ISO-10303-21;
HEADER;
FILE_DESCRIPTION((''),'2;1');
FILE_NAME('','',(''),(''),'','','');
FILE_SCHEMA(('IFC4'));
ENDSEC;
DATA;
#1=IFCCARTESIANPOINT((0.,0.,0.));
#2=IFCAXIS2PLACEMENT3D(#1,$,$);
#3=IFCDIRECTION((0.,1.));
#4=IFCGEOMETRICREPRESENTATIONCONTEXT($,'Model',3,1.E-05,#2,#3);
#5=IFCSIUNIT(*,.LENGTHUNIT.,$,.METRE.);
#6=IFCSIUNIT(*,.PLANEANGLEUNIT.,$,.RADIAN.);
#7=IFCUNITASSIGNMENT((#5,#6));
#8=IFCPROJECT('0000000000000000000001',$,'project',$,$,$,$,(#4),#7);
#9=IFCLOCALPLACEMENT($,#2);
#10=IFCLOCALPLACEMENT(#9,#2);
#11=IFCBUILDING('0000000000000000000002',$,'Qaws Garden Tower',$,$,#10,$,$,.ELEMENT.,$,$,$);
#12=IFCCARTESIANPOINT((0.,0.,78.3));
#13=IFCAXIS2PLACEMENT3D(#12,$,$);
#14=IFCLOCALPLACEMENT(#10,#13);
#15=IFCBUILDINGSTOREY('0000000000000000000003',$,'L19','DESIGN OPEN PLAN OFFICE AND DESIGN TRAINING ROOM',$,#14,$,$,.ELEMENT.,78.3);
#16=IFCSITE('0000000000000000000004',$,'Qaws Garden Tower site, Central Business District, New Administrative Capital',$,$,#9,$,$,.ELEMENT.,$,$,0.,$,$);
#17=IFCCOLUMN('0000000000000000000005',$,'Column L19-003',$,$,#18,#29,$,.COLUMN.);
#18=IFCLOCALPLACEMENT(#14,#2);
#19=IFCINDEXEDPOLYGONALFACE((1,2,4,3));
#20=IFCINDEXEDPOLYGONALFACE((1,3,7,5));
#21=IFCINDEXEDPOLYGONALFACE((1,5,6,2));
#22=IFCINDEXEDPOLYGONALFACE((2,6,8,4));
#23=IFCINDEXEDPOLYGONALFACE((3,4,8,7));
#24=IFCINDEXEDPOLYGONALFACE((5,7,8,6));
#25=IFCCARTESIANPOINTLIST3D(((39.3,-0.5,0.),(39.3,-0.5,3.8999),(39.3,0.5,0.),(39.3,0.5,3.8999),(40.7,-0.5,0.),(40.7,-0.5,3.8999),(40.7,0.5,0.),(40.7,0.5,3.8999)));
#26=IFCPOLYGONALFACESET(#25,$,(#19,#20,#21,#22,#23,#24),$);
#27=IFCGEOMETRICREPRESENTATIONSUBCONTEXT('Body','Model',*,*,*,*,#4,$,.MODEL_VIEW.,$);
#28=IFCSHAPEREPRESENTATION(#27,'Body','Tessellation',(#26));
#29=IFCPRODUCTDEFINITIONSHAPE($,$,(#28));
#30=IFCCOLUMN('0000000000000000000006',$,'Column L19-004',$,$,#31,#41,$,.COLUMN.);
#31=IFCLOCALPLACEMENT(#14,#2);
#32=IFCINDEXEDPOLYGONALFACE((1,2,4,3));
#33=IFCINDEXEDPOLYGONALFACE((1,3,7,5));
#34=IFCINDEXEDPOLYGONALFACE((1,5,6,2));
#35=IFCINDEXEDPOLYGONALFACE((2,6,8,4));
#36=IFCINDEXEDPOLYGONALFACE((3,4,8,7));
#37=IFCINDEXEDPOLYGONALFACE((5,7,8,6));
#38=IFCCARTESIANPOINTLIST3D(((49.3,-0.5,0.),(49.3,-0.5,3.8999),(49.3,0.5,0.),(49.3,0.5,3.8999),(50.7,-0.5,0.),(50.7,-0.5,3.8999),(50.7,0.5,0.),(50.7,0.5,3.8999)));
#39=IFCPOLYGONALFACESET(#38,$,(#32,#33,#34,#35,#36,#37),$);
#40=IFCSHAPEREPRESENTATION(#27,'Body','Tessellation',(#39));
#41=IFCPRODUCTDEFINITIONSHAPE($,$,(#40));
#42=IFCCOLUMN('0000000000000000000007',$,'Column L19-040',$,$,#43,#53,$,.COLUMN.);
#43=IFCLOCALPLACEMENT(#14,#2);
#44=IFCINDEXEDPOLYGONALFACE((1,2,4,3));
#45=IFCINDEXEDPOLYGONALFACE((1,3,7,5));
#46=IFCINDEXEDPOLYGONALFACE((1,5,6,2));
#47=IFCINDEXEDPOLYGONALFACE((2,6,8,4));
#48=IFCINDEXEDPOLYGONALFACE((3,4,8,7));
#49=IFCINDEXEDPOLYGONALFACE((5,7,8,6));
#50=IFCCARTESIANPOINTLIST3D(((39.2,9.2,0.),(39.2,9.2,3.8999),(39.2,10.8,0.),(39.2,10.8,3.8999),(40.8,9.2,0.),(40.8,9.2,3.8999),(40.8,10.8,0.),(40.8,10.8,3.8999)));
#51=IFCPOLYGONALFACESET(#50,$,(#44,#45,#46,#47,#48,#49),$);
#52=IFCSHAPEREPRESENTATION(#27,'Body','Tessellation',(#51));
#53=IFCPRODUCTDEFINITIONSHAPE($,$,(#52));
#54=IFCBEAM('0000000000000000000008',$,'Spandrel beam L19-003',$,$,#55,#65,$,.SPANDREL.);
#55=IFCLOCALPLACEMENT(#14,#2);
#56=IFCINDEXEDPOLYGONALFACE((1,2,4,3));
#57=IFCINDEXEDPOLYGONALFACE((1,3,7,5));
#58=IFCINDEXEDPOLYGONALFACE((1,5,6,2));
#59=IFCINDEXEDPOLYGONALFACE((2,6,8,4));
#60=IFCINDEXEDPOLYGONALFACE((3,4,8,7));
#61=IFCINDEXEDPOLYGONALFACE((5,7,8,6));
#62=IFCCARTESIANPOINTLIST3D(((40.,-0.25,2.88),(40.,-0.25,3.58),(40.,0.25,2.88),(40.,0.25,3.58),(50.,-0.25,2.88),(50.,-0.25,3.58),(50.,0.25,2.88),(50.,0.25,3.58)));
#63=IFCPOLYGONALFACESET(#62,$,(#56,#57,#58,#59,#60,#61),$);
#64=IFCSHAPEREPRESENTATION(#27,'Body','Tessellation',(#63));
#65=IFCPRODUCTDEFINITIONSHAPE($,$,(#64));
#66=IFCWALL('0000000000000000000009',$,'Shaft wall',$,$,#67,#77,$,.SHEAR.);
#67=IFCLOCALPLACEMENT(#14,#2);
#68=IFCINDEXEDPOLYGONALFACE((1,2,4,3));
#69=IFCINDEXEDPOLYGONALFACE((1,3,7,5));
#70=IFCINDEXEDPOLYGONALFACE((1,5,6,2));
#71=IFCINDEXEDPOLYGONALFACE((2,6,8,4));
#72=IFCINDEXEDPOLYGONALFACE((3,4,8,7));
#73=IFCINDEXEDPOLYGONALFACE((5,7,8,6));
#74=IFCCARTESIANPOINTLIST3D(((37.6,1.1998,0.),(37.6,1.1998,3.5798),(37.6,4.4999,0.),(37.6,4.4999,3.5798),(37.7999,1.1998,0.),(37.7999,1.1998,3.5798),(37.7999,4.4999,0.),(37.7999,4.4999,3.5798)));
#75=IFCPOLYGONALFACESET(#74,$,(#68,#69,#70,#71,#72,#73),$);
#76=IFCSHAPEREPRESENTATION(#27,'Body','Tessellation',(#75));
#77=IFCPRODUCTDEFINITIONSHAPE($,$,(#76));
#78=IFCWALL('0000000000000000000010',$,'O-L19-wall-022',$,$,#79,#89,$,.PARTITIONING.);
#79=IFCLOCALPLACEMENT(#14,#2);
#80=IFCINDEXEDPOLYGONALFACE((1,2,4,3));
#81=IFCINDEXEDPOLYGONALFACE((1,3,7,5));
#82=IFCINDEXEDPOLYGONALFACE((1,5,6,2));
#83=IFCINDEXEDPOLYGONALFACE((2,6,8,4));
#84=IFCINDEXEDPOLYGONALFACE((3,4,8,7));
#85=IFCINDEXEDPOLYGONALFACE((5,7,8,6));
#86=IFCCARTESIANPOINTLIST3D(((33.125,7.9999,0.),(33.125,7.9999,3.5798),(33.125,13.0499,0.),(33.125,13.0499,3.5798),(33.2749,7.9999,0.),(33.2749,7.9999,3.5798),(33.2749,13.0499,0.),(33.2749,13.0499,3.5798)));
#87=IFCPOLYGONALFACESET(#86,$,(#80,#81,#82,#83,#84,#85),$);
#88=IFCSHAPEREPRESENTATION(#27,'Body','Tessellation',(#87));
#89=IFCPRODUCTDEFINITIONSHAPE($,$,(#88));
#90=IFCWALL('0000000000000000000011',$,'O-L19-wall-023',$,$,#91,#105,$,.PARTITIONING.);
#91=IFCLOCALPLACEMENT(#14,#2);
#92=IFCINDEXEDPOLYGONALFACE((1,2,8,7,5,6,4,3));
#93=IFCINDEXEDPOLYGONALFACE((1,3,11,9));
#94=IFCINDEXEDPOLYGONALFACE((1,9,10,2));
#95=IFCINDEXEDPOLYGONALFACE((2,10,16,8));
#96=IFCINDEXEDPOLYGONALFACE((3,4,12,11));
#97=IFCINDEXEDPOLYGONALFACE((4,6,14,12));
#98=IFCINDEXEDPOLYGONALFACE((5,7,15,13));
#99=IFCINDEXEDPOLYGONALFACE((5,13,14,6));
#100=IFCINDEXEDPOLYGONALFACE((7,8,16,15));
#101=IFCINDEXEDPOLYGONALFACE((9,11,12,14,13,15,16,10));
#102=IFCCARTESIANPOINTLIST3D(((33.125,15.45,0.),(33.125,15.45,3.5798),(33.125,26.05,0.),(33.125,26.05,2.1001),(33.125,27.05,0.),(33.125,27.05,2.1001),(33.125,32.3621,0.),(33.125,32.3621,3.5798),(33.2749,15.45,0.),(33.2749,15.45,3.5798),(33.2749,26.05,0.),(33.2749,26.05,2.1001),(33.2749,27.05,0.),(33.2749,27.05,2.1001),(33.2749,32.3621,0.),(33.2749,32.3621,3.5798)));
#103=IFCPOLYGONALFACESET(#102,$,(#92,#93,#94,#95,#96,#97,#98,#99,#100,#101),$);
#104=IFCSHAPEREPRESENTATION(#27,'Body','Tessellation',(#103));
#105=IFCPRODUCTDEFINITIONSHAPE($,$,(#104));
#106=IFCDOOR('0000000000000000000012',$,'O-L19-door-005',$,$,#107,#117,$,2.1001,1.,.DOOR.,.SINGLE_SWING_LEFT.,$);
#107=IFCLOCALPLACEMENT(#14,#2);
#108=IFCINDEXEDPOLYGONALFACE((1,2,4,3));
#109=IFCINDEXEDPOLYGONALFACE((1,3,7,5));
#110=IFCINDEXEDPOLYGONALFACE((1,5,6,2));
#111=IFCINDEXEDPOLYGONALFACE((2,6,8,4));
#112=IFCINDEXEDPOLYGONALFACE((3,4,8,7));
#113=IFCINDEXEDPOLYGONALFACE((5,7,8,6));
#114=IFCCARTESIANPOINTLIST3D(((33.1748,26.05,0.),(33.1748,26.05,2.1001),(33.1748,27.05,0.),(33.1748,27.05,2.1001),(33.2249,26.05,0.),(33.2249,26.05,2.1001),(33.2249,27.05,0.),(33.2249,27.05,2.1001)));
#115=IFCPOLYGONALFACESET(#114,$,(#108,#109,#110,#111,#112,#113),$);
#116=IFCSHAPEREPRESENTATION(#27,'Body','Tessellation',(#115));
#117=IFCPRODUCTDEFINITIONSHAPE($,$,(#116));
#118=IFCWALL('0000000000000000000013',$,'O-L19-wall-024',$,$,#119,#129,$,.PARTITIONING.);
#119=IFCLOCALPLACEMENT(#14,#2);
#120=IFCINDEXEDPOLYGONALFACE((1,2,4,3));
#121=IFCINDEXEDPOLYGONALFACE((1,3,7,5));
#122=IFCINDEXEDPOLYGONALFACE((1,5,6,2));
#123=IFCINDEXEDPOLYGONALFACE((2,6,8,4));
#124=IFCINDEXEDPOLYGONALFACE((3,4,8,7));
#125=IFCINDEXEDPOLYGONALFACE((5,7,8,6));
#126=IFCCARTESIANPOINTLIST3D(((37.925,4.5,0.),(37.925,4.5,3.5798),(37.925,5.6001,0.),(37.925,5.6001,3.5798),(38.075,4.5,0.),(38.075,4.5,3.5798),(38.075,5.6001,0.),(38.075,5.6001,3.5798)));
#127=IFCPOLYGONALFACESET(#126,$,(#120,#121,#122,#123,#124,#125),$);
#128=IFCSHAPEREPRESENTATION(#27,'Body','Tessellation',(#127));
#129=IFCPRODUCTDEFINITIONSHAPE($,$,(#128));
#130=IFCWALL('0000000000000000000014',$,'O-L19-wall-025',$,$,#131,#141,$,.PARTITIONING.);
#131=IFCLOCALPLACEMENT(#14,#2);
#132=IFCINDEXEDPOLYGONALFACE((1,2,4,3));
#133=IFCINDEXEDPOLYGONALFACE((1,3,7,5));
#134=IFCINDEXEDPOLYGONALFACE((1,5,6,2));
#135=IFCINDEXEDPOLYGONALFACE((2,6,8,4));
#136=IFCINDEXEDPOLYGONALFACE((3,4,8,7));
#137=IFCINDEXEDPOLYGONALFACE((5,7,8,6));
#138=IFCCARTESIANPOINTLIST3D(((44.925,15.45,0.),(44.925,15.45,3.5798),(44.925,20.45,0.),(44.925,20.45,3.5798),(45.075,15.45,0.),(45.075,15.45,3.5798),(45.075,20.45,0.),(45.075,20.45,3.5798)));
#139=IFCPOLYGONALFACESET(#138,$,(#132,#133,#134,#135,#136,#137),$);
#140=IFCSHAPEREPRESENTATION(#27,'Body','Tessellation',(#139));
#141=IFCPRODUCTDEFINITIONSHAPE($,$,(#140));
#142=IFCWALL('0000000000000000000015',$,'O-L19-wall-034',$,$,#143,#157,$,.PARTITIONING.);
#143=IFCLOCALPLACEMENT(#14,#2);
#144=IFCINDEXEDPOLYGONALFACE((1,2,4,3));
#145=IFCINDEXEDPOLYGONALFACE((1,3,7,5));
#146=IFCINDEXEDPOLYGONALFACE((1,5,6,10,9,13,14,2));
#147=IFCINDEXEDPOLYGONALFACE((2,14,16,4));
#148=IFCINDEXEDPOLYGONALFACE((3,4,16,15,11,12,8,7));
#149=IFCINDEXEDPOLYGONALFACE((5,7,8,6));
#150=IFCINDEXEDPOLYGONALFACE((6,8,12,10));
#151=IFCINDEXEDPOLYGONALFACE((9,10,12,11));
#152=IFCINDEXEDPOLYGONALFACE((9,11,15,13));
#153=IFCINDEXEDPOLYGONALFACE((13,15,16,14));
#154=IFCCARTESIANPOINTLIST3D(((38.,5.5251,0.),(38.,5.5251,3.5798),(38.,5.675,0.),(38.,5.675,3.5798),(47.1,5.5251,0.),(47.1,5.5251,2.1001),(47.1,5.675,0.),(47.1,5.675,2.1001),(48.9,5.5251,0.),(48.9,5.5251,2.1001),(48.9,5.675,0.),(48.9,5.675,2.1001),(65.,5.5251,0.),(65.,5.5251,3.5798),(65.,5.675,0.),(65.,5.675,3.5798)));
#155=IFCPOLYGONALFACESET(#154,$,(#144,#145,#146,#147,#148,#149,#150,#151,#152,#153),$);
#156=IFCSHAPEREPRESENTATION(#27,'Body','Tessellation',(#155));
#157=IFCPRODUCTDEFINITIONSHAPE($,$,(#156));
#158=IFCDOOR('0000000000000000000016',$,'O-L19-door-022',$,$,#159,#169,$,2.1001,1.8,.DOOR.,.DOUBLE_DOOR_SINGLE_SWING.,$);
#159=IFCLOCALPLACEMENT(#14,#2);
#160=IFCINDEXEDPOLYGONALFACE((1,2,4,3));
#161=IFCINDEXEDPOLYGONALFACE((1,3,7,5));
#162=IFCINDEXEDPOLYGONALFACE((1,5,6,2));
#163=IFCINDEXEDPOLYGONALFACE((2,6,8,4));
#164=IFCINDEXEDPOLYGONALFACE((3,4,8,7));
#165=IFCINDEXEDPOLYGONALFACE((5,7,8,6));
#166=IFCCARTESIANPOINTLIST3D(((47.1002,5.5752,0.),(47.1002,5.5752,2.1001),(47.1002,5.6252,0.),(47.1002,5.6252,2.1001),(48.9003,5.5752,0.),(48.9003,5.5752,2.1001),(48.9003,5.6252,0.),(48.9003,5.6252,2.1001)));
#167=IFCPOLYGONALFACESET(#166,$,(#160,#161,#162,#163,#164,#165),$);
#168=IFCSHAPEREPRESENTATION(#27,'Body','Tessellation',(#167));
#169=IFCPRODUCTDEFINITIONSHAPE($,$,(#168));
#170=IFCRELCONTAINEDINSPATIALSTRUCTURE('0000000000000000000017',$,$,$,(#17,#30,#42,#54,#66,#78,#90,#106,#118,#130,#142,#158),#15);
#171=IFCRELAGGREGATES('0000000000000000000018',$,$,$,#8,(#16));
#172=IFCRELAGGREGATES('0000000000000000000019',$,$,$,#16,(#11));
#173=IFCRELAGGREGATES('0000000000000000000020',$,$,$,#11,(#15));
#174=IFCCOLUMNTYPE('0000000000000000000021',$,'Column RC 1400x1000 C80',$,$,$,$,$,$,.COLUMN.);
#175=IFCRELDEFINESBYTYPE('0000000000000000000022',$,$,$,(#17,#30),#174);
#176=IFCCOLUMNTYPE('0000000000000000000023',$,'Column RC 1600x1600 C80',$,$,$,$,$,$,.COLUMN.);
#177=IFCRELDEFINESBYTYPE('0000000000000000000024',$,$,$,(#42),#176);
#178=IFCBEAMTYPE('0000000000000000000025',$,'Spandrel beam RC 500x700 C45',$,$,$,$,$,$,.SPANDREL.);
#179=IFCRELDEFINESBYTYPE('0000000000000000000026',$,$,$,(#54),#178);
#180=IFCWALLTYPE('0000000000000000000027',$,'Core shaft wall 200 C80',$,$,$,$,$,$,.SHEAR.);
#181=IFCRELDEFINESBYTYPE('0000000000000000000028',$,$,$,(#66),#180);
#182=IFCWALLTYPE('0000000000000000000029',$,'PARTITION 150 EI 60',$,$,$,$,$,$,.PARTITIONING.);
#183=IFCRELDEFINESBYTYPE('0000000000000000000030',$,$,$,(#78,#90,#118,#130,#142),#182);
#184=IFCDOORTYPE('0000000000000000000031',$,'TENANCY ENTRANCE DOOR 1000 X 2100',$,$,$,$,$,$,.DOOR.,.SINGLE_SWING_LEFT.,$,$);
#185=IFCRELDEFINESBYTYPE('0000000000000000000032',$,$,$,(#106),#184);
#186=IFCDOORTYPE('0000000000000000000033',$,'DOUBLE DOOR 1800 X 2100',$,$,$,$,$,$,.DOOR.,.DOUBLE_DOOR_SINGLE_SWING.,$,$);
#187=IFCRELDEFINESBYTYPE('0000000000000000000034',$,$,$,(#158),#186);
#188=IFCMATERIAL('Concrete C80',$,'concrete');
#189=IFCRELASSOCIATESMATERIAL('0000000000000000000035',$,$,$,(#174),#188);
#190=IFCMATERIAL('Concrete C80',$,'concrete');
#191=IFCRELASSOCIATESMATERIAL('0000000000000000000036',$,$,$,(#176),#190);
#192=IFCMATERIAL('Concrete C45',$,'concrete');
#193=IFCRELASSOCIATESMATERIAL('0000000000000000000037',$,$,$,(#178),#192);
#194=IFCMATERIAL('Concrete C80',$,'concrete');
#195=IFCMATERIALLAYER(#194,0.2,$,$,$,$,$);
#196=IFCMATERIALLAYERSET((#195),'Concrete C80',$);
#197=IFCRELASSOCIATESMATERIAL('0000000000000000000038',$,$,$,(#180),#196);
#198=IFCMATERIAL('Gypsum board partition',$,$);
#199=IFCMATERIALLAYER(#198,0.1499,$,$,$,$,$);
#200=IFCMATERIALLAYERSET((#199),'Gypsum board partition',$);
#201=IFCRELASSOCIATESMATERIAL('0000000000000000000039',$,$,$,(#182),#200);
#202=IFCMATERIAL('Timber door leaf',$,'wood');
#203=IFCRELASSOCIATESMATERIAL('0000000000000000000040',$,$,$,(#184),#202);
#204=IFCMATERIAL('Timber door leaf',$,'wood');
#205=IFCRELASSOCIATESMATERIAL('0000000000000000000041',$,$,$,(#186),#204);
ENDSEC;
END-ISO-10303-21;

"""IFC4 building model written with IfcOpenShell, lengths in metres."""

from ifc_helpers import new_model, si_unit, direction, frame, frame_2d, origin, origin_2d, place, context, subcontext, project, spatial, rectangle, extrude, material, layer, layer_set, material_profile, profile_set, type_object, element, fill, save


model = new_model("IFC4")

# Units and contexts
model_context = context("Model", 3, precision=1e-05, world=origin(), true_north=direction((0.0, 1.0)))
body_context = subcontext(model_context, "Body", "Model", "MODEL_VIEW")
ifc_project = project(units=[si_unit("LENGTHUNIT", "METRE"), si_unit("PLANEANGLEUNIT", "RADIAN")], contexts=[model_context])

# Site, building, storey
site_placement = place(None, origin())
site = spatial("IfcSite", under=ifc_project, at=site_placement, Name="Qaws Garden Tower site, Central Business District, New Administrative Capital", CompositionType="ELEMENT", RefElevation=0.0)
building_placement = place(site_placement, origin())
building = spatial("IfcBuilding", under=site, at=building_placement, Name="Qaws Garden Tower", CompositionType="ELEMENT")
storey_placement = place(building_placement, frame((0.0, 0.0, 78.3)))
storey = spatial("IfcBuildingStorey", under=building, at=storey_placement, Name="L19", Description="DESIGN OPEN PLAN OFFICE AND DESIGN TRAINING ROOM", CompositionType="ELEMENT", Elevation=78.3)

# Columns
ifc_material_1 = material(Name="Concrete C80", Category="concrete")
ifc_material_profile_1 = material_profile(ifc_material_1, rectangle(XDim=1.3999, YDim=1.0, at=origin_2d()), Name="RC 1400x1000")
ifc_profile_set_1 = profile_set([ifc_material_profile_1], Name="Concrete C80")
column_type_1 = type_object("IfcColumnType", Name="Column RC 1400x1000 C80", PredefinedType="COLUMN", material=ifc_profile_set_1)
for number, where, z_axis, x_axis, name in (
    (1, (40.0, 0.0, 0.0), (0.0, 0.0, 1.0), (1.0, 0.0, 0.0), "Column L19-003"),
    (2, (50.0, 0.0, 0.0), (0.0, 0.0, 1.0), (1.0, 0.0, 0.0), "Column L19-004"),
):
    element("IfcColumn", number, at=place(storey_placement, frame(where, z_axis=z_axis, x_axis=x_axis)), inside=storey, type_object=column_type_1, Name=name, PredefinedType="COLUMN", context=body_context, shape_type="SweptSolid", body=[
        extrude(rectangle(XDim=1.3999, YDim=1.0, at=origin_2d()), origin(), (0.0, 0.0, 1.0), 3.8999),
    ])
ifc_material_2 = material(Name="Concrete C80", Category="concrete")
ifc_material_profile_2 = material_profile(ifc_material_2, rectangle(XDim=1.6001, YDim=1.6001, at=origin_2d()), Name="RC 1600x1600")
ifc_profile_set_2 = profile_set([ifc_material_profile_2], Name="Concrete C80")
column_type_2 = type_object("IfcColumnType", Name="Column RC 1600x1600 C80", PredefinedType="COLUMN", material=ifc_profile_set_2)
column_placement = place(storey_placement, frame((40.0, 10.0, 0.0), z_axis=(0.0, 0.0, 1.0), x_axis=(1.0, 0.0, 0.0)))
element("IfcColumn", 3, at=column_placement, inside=storey, type_object=column_type_2, Name="Column L19-040", PredefinedType="COLUMN", context=body_context, shape_type="SweptSolid", body=[
    extrude(rectangle(XDim=1.6001, YDim=1.6001, at=origin_2d()), origin(), (0.0, 0.0, 1.0), 3.8999),
])

# Beam
ifc_material_3 = material(Name="Concrete C45", Category="concrete")
ifc_material_profile_3 = material_profile(ifc_material_3, rectangle(XDim=0.5, YDim=0.7, at=origin_2d()), Name="RC 500x700")
ifc_profile_set_3 = profile_set([ifc_material_profile_3], Name="Concrete C45")
beam_type = type_object("IfcBeamType", Name="Spandrel beam RC 500x700 C45", PredefinedType="SPANDREL", material=ifc_profile_set_3)
beam_placement = place(storey_placement, frame((40.0, 0.0, 3.23), z_axis=(1.0, 0.0, 0.0), x_axis=(0.0, 1.0, 0.0)))
element("IfcBeam", 4, at=beam_placement, inside=storey, type_object=beam_type, Name="Spandrel beam L19-003", PredefinedType="SPANDREL", context=body_context, shape_type="SweptSolid", body=[
    extrude(rectangle(XDim=0.5, YDim=0.7, at=origin_2d()), origin(), (0.0, 0.0, 1.0), 10.0),
])

# Walls
ifc_material_4 = material(Name="Concrete C80", Category="concrete")
ifc_layer_1 = layer(ifc_material_4, 0.2)
ifc_layer_set_1 = layer_set([ifc_layer_1], Name="Concrete C80")
wall_type_1 = type_object("IfcWallType", Name="Core shaft wall 200 C80", PredefinedType="SHEAR", material=ifc_layer_set_1)
wall_1_placement = place(storey_placement, frame((37.7, 1.2, 0.0), z_axis=(0.0, 0.0, 1.0), x_axis=(0.0, 1.0, 0.0)))
element("IfcWall", 5, at=wall_1_placement, inside=storey, type_object=wall_type_1, Name="Shaft wall", PredefinedType="SHEAR", context=body_context, shape_type="SweptSolid", body=[
    extrude(rectangle(XDim=3.3, YDim=0.2, at=frame_2d((1.6499, 0.0))), origin(), (0.0, 0.0, 1.0), 3.5798),
])
ifc_material_5 = material(Name="Gypsum board partition")
ifc_layer_2 = layer(ifc_material_5, 0.1499)
ifc_layer_set_2 = layer_set([ifc_layer_2], Name="Gypsum board partition")
wall_type_2 = type_object("IfcWallType", Name="PARTITION 150 EI 60", PredefinedType="PARTITIONING", material=ifc_layer_set_2)
wall_2_placement = place(storey_placement, frame((33.2, 8.0, 0.0), z_axis=(0.0, 0.0, 1.0), x_axis=(0.0, 1.0, 0.0)))
element("IfcWall", 6, at=wall_2_placement, inside=storey, type_object=wall_type_2, Name="O-L19-wall-022", PredefinedType="PARTITIONING", context=body_context, shape_type="SweptSolid", body=[
    extrude(rectangle(XDim=5.05, YDim=0.1499, at=frame_2d((2.5249, 0.0))), origin(), (0.0, 0.0, 1.0), 3.5798),
])

# Wall, opening, door
wall_3_placement = place(storey_placement, frame((33.2, 15.45, 0.0), z_axis=(0.0, 0.0, 1.0), x_axis=(0.0, 1.0, 0.0)))
wall_3 = element("IfcWall", 7, at=wall_3_placement, inside=storey, type_object=wall_type_2, Name="O-L19-wall-023", PredefinedType="PARTITIONING", context=body_context, shape_type="SweptSolid", body=[
    extrude(rectangle(XDim=16.9121, YDim=0.1499, at=frame_2d((8.4561, 0.0))), origin(), (0.0, 0.0, 1.0), 3.5798),
])
opening_1_placement = place(wall_3_placement, frame((10.6001, 0.0, 0.0)))
opening_1 = element("IfcOpeningElement", 8, at=opening_1_placement, cuts=wall_3, PredefinedType="OPENING", context=body_context, shape_type="SweptSolid", body=[
    extrude(rectangle(XDim=1.0, YDim=2.1001, at=frame_2d((0.5, 1.05))), frame((0.0, 0.085, 0.0), z_axis=(0.0, -1.0, 0.0), x_axis=(1.0, 0.0, 0.0)), (0.0, 0.0, 1.0), 0.1699),
])
ifc_material_6 = material(Name="Timber door leaf", Category="wood")
door_type_1 = type_object("IfcDoorType", Name="TENANCY ENTRANCE DOOR 1000 X 2100", OperationType="SINGLE_SWING_LEFT", PredefinedType="DOOR", material=ifc_material_6)
door_1_placement = place(opening_1_placement, frame((1.0, 0.0, 0.0), z_axis=(0.0, 0.0, 1.0), x_axis=(-1.0, 0.0, 0.0)))
door_1 = element("IfcDoor", 9, at=door_1_placement, inside=storey, type_object=door_type_1, Name="O-L19-door-005", OperationType="SINGLE_SWING_LEFT", OverallHeight=2.1001, OverallWidth=1.0, PredefinedType="DOOR", context=body_context, shape_type="SweptSolid", body=[
    extrude(rectangle(XDim=1.0, YDim=2.1001, at=frame_2d((0.5, 1.05))), frame((0.0, 0.0249, 0.0), z_axis=(0.0, -1.0, 0.0), x_axis=(1.0, 0.0, 0.0)), (0.0, 0.0, 1.0), 0.05),
])
fill(opening_1, door_1)

# Walls
wall_4_placement = place(storey_placement, frame((38.0, 4.5, 0.0), z_axis=(0.0, 0.0, 1.0), x_axis=(0.0, 1.0, 0.0)))
element("IfcWall", 10, at=wall_4_placement, inside=storey, type_object=wall_type_2, Name="O-L19-wall-024", PredefinedType="PARTITIONING", context=body_context, shape_type="SweptSolid", body=[
    extrude(rectangle(XDim=1.1001, YDim=0.1499, at=frame_2d((0.55, 0.0))), origin(), (0.0, 0.0, 1.0), 3.5798),
])
wall_5_placement = place(storey_placement, frame((45.0, 15.45, 0.0), z_axis=(0.0, 0.0, 1.0), x_axis=(0.0, 1.0, 0.0)))
element("IfcWall", 11, at=wall_5_placement, inside=storey, type_object=wall_type_2, Name="O-L19-wall-025", PredefinedType="PARTITIONING", context=body_context, shape_type="SweptSolid", body=[
    extrude(rectangle(XDim=5.0, YDim=0.1499, at=frame_2d((2.5, 0.0))), origin(), (0.0, 0.0, 1.0), 3.5798),
])

# Wall, opening, door
wall_6_placement = place(storey_placement, frame((38.0, 5.6001, 0.0), z_axis=(0.0, 0.0, 1.0), x_axis=(1.0, 0.0, 0.0)))
wall_6 = element("IfcWall", 12, at=wall_6_placement, inside=storey, type_object=wall_type_2, Name="O-L19-wall-034", PredefinedType="PARTITIONING", context=body_context, shape_type="SweptSolid", body=[
    extrude(rectangle(XDim=27.0, YDim=0.1499, at=frame_2d((13.5, 0.0))), origin(), (0.0, 0.0, 1.0), 3.5798),
])
opening_2_placement = place(wall_6_placement, frame((9.1001, 0.0, 0.0)))
opening_2 = element("IfcOpeningElement", 13, at=opening_2_placement, cuts=wall_6, PredefinedType="OPENING", context=body_context, shape_type="SweptSolid", body=[
    extrude(rectangle(XDim=1.8, YDim=2.1001, at=frame_2d((0.8999, 1.05))), frame((0.0, 0.085, 0.0), z_axis=(0.0, -1.0, 0.0), x_axis=(1.0, 0.0, 0.0)), (0.0, 0.0, 1.0), 0.1699),
])
ifc_material_7 = material(Name="Timber door leaf", Category="wood")
door_type_2 = type_object("IfcDoorType", Name="DOUBLE DOOR 1800 X 2100", OperationType="DOUBLE_DOOR_SINGLE_SWING", PredefinedType="DOOR", material=ifc_material_7)
door_2_placement = place(opening_2_placement, frame((1.8, 0.0, 0.0), z_axis=(0.0, 0.0, 1.0), x_axis=(-1.0, 0.0, 0.0)))
door_2 = element("IfcDoor", 14, at=door_2_placement, inside=storey, type_object=door_type_2, Name="O-L19-door-022", OperationType="DOUBLE_DOOR_SINGLE_SWING", OverallHeight=2.1001, OverallWidth=1.8, PredefinedType="DOOR", context=body_context, shape_type="SweptSolid", body=[
    extrude(rectangle(XDim=1.8, YDim=2.1001, at=frame_2d((0.8999, 1.05))), frame((0.0, 0.0249, 0.0), z_axis=(0.0, -1.0, 0.0), x_axis=(1.0, 0.0, 0.0)), (0.0, 0.0, 1.0), 0.05),
])
fill(opening_2, door_2)

save(model, "model.ifc")
